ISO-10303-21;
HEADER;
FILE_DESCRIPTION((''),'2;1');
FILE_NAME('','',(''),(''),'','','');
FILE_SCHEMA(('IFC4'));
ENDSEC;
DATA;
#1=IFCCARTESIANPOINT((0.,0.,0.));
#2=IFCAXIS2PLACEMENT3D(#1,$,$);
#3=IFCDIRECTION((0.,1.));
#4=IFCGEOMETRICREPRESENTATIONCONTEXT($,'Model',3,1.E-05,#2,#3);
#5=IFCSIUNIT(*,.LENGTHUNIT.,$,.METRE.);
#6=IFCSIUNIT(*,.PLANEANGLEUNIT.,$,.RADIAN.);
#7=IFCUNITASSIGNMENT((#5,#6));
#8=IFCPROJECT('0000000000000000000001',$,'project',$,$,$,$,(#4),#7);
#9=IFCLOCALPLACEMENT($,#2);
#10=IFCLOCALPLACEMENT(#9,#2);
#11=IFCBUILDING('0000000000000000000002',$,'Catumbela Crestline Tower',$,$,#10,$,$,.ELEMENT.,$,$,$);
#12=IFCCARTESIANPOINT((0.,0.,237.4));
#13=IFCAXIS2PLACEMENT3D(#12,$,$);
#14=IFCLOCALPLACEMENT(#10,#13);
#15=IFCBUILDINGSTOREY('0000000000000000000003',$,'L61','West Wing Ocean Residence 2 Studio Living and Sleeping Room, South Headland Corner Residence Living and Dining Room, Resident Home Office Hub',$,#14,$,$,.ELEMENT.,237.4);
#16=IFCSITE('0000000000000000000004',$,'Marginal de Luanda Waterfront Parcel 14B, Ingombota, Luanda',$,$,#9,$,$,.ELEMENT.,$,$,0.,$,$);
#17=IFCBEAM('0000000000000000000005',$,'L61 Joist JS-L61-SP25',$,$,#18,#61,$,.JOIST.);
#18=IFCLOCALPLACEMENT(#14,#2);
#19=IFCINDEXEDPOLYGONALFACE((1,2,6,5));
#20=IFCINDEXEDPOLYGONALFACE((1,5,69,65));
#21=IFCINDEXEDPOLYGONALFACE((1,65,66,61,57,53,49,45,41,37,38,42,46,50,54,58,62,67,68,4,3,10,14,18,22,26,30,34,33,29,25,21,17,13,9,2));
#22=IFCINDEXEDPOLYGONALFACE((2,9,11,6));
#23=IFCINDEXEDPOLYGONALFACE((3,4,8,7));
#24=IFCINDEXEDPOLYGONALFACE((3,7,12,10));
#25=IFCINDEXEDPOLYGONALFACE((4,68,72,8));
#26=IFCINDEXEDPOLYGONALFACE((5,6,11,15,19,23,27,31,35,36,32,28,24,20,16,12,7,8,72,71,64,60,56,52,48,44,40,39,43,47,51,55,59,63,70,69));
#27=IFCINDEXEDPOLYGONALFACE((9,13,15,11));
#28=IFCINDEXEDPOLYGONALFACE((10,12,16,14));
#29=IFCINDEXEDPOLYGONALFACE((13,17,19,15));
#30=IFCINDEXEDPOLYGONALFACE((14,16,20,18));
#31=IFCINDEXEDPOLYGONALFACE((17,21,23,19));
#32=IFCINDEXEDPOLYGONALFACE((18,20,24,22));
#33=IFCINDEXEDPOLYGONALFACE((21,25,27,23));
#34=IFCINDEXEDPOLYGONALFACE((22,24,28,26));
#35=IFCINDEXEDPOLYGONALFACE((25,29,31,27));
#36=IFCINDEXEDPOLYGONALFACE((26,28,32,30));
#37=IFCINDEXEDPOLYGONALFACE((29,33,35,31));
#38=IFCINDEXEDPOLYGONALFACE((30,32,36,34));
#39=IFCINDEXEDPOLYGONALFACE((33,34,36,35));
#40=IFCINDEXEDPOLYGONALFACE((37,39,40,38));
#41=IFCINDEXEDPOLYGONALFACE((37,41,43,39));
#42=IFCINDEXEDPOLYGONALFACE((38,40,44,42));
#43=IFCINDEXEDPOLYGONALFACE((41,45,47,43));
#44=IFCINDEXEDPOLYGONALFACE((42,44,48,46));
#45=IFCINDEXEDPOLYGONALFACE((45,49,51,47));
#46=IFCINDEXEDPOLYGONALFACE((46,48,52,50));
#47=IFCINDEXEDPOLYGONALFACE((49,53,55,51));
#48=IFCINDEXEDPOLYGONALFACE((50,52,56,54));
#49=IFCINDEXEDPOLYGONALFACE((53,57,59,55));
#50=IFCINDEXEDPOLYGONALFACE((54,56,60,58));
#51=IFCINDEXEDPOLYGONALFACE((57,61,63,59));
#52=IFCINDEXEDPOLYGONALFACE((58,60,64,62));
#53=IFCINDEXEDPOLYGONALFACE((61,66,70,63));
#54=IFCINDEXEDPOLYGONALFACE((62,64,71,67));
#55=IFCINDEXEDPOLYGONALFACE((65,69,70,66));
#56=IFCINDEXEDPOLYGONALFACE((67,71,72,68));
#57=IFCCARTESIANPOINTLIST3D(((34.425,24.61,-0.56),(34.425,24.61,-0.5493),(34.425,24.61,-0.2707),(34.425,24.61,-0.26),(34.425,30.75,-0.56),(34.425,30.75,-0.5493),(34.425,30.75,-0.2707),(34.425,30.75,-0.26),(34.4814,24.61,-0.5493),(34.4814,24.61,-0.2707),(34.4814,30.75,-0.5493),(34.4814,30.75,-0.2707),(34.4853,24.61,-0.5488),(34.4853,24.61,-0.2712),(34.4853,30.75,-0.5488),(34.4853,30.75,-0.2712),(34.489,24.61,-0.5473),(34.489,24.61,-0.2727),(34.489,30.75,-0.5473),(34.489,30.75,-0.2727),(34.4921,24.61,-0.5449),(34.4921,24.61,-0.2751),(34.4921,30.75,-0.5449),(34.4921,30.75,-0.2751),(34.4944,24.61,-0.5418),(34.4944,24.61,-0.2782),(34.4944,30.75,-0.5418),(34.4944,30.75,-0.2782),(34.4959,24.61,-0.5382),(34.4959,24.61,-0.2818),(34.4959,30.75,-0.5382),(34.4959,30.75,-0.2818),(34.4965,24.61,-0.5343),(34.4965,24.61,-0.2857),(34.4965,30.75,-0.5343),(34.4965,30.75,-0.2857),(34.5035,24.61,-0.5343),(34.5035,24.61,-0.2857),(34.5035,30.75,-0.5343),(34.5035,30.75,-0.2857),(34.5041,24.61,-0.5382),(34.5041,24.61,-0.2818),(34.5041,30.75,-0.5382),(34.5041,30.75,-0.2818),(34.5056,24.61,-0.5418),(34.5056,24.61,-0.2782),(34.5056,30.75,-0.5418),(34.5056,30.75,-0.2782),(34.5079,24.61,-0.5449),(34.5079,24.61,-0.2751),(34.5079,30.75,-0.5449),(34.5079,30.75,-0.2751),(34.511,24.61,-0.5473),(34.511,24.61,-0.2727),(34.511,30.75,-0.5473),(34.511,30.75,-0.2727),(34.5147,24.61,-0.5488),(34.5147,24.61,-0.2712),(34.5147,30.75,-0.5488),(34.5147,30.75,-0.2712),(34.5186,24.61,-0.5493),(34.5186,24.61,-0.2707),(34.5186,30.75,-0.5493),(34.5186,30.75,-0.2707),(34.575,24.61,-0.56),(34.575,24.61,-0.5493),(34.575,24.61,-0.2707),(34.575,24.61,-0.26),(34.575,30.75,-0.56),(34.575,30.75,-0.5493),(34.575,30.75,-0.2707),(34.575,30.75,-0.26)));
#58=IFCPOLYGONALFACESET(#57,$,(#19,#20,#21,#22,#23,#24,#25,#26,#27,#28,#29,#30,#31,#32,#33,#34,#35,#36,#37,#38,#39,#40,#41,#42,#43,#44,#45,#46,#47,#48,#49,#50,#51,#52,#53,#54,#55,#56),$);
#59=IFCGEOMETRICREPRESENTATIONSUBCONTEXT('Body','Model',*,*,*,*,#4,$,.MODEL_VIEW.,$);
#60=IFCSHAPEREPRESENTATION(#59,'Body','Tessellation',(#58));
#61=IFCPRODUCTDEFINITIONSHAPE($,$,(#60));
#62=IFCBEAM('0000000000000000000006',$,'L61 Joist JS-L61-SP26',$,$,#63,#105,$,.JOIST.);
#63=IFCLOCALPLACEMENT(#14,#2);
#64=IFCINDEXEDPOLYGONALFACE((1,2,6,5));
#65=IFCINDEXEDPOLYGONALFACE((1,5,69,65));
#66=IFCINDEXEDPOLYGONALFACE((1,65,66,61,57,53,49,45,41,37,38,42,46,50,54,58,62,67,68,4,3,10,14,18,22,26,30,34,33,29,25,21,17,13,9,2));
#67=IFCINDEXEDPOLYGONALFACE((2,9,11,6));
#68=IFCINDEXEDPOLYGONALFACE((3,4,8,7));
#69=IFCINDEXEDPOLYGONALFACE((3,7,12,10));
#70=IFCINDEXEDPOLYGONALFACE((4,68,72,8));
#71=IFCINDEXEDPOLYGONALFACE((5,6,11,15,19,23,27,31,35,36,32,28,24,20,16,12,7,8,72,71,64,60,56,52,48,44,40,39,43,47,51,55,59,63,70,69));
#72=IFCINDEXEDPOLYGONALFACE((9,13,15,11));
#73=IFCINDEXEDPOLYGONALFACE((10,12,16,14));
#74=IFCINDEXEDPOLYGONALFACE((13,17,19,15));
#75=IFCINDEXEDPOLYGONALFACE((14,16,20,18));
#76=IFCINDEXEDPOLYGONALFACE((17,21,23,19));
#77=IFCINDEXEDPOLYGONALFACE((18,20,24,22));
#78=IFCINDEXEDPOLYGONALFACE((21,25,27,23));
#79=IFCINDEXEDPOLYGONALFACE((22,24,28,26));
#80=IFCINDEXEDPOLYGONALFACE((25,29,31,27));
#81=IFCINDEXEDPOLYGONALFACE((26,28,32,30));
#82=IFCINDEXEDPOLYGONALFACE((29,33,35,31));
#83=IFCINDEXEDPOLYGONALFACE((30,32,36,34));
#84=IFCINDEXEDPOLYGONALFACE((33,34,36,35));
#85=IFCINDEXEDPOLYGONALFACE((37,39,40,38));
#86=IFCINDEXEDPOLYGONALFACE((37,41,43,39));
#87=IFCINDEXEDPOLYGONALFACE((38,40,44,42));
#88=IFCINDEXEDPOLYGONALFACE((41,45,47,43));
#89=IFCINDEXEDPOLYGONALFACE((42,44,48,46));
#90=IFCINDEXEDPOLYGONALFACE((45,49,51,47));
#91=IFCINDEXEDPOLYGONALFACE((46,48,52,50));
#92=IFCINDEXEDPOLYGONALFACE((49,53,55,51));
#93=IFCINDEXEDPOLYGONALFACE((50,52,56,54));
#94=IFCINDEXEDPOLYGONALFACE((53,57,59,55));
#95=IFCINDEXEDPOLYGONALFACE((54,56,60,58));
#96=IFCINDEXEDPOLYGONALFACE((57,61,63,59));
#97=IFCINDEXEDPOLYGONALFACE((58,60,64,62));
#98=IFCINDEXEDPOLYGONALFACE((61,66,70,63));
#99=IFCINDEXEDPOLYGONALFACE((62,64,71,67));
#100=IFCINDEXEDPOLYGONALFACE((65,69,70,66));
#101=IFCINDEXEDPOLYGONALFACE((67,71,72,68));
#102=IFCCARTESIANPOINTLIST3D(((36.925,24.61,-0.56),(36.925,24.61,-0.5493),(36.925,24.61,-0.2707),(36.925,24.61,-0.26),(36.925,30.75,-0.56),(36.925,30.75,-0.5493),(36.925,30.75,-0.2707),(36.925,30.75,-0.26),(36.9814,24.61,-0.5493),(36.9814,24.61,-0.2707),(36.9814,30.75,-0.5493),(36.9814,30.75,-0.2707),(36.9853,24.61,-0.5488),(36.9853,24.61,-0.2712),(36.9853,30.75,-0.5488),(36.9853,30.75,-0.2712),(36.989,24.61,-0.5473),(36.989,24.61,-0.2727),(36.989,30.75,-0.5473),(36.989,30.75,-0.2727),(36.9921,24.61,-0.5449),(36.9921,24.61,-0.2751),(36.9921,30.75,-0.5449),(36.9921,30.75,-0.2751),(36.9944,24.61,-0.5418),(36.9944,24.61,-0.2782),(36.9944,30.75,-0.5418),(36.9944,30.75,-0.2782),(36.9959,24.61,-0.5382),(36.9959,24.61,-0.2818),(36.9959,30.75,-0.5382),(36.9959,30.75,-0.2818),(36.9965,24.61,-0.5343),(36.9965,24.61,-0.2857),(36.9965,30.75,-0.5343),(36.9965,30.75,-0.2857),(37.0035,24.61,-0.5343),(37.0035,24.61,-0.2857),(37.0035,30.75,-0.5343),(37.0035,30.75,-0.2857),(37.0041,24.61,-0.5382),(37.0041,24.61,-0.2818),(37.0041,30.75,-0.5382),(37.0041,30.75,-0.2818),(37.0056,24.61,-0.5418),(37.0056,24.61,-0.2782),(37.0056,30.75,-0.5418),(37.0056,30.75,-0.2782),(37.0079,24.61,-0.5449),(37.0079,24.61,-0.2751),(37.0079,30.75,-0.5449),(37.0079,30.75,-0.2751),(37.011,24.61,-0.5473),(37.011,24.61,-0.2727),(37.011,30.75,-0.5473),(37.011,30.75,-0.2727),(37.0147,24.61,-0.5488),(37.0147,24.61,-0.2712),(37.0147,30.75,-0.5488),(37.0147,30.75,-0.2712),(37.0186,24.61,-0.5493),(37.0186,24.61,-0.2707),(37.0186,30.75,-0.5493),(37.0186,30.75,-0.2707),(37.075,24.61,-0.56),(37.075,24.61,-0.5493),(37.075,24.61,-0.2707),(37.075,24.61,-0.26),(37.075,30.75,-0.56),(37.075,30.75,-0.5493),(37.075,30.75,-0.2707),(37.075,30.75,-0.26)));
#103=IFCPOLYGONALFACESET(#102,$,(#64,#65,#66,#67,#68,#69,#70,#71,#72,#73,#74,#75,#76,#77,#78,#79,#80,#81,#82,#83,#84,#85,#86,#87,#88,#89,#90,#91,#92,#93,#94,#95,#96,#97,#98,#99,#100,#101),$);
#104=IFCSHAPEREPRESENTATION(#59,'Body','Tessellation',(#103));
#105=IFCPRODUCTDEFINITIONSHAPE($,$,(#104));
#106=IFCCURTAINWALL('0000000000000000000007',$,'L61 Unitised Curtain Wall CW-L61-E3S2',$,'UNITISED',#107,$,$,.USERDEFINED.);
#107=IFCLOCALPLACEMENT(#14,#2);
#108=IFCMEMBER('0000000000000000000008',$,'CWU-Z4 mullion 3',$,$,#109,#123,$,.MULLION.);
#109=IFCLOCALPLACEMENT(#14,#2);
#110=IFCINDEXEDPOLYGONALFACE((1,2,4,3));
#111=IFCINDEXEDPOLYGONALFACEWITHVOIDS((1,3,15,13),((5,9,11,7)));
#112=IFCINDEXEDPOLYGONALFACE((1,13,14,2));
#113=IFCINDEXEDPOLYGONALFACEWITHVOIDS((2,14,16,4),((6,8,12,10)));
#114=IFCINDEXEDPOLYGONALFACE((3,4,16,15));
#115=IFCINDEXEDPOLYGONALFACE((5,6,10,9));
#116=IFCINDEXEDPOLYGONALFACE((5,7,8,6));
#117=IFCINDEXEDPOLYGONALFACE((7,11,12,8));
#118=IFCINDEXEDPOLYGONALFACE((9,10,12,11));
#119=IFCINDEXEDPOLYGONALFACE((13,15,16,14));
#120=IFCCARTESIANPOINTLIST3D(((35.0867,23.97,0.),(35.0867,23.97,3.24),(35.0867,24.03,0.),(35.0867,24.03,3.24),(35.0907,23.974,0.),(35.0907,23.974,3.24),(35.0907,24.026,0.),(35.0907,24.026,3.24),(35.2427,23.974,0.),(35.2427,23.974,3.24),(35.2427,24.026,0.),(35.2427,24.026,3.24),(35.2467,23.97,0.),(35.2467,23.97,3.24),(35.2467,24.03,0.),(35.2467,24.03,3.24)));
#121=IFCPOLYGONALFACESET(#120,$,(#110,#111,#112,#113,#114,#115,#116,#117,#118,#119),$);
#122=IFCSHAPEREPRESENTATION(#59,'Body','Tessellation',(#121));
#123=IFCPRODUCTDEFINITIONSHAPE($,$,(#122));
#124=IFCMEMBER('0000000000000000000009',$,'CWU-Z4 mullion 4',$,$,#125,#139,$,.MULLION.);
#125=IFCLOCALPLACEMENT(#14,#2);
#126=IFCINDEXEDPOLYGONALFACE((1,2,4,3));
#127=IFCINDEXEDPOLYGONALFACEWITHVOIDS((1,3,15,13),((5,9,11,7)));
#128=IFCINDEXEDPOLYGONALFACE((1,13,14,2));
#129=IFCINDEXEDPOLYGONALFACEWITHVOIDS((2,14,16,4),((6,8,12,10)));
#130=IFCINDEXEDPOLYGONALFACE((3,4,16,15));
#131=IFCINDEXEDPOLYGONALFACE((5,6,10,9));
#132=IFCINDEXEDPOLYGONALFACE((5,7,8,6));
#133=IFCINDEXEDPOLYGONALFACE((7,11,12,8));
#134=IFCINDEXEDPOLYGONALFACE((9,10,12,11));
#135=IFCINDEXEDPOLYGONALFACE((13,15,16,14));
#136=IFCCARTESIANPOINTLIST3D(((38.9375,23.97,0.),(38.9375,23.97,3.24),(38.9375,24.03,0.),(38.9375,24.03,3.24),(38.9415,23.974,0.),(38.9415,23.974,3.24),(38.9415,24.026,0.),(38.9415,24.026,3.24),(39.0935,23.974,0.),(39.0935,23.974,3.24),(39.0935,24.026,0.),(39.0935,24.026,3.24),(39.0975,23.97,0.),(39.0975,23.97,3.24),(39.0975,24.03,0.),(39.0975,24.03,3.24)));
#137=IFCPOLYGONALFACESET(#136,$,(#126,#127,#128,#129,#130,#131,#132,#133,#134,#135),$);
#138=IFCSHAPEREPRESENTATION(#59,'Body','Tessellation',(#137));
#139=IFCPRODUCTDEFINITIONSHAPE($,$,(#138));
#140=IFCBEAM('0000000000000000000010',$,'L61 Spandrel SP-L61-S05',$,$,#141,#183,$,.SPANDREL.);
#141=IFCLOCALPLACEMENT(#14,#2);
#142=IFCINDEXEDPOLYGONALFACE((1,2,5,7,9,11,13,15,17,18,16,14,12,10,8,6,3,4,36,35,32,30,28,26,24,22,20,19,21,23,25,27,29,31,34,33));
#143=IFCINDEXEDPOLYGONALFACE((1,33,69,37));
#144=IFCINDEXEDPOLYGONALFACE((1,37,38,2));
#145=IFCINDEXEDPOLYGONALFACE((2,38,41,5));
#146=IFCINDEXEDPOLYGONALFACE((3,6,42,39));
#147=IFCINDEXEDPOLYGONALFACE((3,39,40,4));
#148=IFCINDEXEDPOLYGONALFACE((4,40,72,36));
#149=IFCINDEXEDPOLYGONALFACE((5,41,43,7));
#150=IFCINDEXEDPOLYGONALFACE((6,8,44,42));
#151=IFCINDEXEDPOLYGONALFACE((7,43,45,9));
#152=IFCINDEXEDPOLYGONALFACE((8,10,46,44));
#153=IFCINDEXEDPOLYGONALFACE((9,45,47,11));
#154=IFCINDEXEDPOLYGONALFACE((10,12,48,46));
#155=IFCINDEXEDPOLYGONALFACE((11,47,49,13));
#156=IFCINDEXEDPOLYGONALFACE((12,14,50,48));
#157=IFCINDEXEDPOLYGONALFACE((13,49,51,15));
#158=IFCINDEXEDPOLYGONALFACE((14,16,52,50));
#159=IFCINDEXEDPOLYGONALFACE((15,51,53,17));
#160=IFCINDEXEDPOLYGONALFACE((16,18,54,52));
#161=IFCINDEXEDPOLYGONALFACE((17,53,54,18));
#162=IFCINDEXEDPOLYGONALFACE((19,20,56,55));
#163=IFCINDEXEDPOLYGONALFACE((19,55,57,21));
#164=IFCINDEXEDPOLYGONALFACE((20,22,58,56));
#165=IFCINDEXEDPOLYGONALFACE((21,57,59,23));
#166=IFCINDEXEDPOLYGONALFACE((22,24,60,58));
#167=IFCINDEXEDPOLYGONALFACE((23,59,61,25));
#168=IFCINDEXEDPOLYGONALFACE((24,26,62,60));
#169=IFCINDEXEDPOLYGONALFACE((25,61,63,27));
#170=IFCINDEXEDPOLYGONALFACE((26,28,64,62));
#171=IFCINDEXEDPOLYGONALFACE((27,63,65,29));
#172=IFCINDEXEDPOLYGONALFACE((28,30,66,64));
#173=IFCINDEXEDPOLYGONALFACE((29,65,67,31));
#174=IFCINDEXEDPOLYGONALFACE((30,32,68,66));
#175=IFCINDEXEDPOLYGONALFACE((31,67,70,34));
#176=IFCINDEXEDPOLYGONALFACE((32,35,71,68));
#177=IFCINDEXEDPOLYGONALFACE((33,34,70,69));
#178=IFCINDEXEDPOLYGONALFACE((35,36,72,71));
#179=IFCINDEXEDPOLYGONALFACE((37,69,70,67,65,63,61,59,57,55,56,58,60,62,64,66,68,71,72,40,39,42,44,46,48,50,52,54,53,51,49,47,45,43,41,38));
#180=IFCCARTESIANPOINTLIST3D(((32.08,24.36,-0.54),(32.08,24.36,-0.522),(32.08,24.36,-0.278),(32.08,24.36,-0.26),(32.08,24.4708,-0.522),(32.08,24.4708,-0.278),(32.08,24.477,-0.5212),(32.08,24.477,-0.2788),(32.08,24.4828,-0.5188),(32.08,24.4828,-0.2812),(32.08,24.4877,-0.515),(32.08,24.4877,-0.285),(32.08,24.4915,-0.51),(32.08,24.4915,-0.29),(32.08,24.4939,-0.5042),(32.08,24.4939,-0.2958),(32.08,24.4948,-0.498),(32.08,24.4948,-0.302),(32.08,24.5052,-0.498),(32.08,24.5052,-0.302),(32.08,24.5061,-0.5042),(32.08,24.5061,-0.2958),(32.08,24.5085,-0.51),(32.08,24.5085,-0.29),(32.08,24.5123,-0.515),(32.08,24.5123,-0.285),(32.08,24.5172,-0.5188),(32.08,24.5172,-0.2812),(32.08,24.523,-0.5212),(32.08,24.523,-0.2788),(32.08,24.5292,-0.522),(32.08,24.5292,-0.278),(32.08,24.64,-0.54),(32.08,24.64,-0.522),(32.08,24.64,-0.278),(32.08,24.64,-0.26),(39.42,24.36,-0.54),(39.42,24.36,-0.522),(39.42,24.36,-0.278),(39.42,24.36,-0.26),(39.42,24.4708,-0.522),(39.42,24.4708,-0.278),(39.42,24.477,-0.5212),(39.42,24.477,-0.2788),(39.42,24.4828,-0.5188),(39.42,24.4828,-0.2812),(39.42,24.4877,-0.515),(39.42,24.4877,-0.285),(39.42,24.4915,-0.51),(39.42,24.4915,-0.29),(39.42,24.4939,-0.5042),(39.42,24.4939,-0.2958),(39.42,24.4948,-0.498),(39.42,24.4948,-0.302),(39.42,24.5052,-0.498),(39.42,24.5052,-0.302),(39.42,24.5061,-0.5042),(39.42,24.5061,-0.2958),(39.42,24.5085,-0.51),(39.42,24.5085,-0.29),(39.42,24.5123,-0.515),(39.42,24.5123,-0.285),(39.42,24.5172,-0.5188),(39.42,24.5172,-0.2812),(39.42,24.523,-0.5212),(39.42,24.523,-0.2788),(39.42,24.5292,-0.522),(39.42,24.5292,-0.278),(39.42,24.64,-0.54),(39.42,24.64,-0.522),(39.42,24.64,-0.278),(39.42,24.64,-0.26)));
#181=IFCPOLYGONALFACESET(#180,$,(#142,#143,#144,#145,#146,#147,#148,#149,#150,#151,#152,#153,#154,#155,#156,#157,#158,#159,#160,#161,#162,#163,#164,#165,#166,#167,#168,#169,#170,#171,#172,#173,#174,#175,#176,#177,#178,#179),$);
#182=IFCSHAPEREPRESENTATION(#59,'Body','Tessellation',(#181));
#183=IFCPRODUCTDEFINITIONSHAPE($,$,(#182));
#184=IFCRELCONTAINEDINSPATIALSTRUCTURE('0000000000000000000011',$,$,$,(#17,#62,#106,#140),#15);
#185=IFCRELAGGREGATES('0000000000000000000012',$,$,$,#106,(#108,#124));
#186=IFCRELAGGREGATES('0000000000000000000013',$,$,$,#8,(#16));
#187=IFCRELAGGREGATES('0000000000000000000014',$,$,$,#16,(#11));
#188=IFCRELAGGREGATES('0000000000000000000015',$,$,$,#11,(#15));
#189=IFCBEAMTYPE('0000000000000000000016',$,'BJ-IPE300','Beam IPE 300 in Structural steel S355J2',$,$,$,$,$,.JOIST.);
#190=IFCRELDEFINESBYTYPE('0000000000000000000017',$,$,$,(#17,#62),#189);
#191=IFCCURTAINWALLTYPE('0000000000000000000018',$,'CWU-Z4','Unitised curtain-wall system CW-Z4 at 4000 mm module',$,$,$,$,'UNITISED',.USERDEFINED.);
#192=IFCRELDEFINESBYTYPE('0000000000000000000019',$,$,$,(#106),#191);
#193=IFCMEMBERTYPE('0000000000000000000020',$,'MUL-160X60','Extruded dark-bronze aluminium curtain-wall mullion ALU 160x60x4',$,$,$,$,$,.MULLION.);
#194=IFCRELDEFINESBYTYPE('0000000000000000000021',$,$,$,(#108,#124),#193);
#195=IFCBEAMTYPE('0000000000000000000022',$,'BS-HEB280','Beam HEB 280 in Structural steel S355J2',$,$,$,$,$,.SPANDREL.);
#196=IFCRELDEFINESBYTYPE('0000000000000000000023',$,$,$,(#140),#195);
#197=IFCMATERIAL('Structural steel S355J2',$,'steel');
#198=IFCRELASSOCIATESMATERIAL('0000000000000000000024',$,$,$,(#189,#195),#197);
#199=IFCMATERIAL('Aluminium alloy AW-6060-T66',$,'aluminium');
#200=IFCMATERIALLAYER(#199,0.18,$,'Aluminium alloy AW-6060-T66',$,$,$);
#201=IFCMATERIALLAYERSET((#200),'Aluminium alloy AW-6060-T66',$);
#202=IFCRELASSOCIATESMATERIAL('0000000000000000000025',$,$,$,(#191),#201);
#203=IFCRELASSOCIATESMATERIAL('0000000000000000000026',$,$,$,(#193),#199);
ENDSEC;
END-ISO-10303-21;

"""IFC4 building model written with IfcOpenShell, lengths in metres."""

from ifc_helpers import new_model, si_unit, direction, frame, origin, origin_2d, place, context, subcontext, project, spatial, hollow_rectangle, i_section, extrude, material, layer, layer_set, material_profile, profile_set, type_object, element, aggregate, save


model = new_model("IFC4")

# Units and contexts
model_context = context("Model", 3, precision=1e-05, world=origin(), true_north=direction((0.0, 1.0)))
body_context = subcontext(model_context, "Body", "Model", "MODEL_VIEW")
ifc_project = project(units=[si_unit("LENGTHUNIT", "METRE"), si_unit("PLANEANGLEUNIT", "RADIAN")], contexts=[model_context])

# Site, building, storey
site_placement = place(None, origin())
site = spatial("IfcSite", under=ifc_project, at=site_placement, Name="Marginal de Luanda Waterfront Parcel 14B, Ingombota, Luanda", CompositionType="ELEMENT", RefElevation=0.0)
building_placement = place(site_placement, origin())
building = spatial("IfcBuilding", under=site, at=building_placement, Name="Catumbela Crestline Tower", CompositionType="ELEMENT")
storey_placement = place(building_placement, frame((0.0, 0.0, 237.4)))
storey = spatial("IfcBuildingStorey", under=building, at=storey_placement, Name="L61", Description="West Wing Ocean Residence 2 Studio Living and Sleeping Room, South Headland Corner Residence Living and Dining Room, Resident Home Office Hub", CompositionType="ELEMENT", Elevation=237.4)

# Shared definitions
ifc_material_1 = material(Name="Structural steel S355J2", Category="steel")

# Beams
ifc_material_profile_1 = material_profile(ifc_material_1, i_section(OverallWidth=0.15, OverallDepth=0.3, WebThickness=0.0071, FlangeThickness=0.0107, FilletRadius=0.015, at=origin_2d()), Name="IPE 300")
ifc_profile_set_1 = profile_set([ifc_material_profile_1], Name="Structural steel S355J2")
beam_type_1 = type_object("IfcBeamType", Name="BJ-IPE300", Description="Beam IPE 300 in Structural steel S355J2", PredefinedType="JOIST", material=ifc_profile_set_1)
for number, where, z_axis, x_axis, name in (
    (1, (34.5, 24.61, -0.41), (0.0, 1.0, 0.0), (-1.0, 0.0, 0.0), "L61 Joist JS-L61-SP25"),
    (2, (37.0, 24.61, -0.41), (0.0, 1.0, 0.0), (-1.0, 0.0, 0.0), "L61 Joist JS-L61-SP26"),
):
    element("IfcBeam", number, at=place(storey_placement, frame(where, z_axis=z_axis, x_axis=x_axis)), inside=storey, type_object=beam_type_1, Name=name, PredefinedType="JOIST", context=body_context, shape_type="SweptSolid", body=[
        extrude(i_section(OverallWidth=0.15, OverallDepth=0.3, WebThickness=0.0071, FlangeThickness=0.0107, FilletRadius=0.015, at=origin_2d()), origin(), (0.0, 0.0, 1.0), 6.14),
    ])

# Curtain wall, members
ifc_material_2 = material(Name="Aluminium alloy AW-6060-T66", Category="aluminium")
ifc_layer_1 = layer(ifc_material_2, 0.18, Name="Aluminium alloy AW-6060-T66")
ifc_layer_set_1 = layer_set([ifc_layer_1], Name="Aluminium alloy AW-6060-T66")
curtain_wall_type = type_object("IfcCurtainWallType", Name="CWU-Z4", Description="Unitised curtain-wall system CW-Z4 at 4000 mm module", ElementType="UNITISED", PredefinedType="USERDEFINED", material=ifc_layer_set_1)
curtain_wall_placement = place(storey_placement, origin())
curtain_wall = element("IfcCurtainWall", 3, at=curtain_wall_placement, inside=storey, type_object=curtain_wall_type, Name="L61 Unitised Curtain Wall CW-L61-E3S2", ObjectType="UNITISED", PredefinedType="USERDEFINED")
ifc_material_profile_2 = material_profile(ifc_material_2, hollow_rectangle(XDim=0.06, YDim=0.16, WallThickness=0.004, at=origin_2d()), Name="ALU 160x60x4")
ifc_profile_set_2 = profile_set([ifc_material_profile_2], Name="Aluminium alloy AW-6060-T66")
member_type_1 = type_object("IfcMemberType", Name="MUL-160X60", Description="Extruded dark-bronze aluminium curtain-wall mullion ALU 160x60x4", PredefinedType="MULLION", material=ifc_profile_set_2)
member_1_placement = place(storey_placement, frame((35.1667, 24.0, 0.0), z_axis=(0.0, 0.0, 1.0), x_axis=(0.0, 1.0, 0.0)))
member_1 = element("IfcMember", 4, at=member_1_placement, type_object=member_type_1, Name="CWU-Z4 mullion 3", PredefinedType="MULLION", context=body_context, shape_type="SweptSolid", body=[
    extrude(hollow_rectangle(XDim=0.06, YDim=0.16, WallThickness=0.004, at=origin_2d()), origin(), (0.0, 0.0, 1.0), 3.24),
])
member_2_placement = place(storey_placement, frame((39.0175, 24.0, 0.0), z_axis=(0.0, 0.0, 1.0), x_axis=(0.0, 1.0, 0.0)))
member_2 = element("IfcMember", 5, at=member_2_placement, type_object=member_type_1, Name="CWU-Z4 mullion 4", PredefinedType="MULLION", context=body_context, shape_type="SweptSolid", body=[
    extrude(hollow_rectangle(XDim=0.06, YDim=0.16, WallThickness=0.004, at=origin_2d()), origin(), (0.0, 0.0, 1.0), 3.24),
])

# Beam
ifc_material_profile_3 = material_profile(ifc_material_1, i_section(OverallWidth=0.28, OverallDepth=0.28, WebThickness=0.0105, FlangeThickness=0.018, FilletRadius=0.024, at=origin_2d()), Name="HEB 280")
ifc_profile_set_3 = profile_set([ifc_material_profile_3], Name="Structural steel S355J2")
beam_type_2 = type_object("IfcBeamType", Name="BS-HEB280", Description="Beam HEB 280 in Structural steel S355J2", PredefinedType="SPANDREL", material=ifc_profile_set_3)
beam_placement = place(storey_placement, frame((32.08, 24.5, -0.4), z_axis=(1.0, 0.0, 0.0), x_axis=(0.0, 1.0, 0.0)))
element("IfcBeam", 6, at=beam_placement, inside=storey, type_object=beam_type_2, Name="L61 Spandrel SP-L61-S05", PredefinedType="SPANDREL", context=body_context, shape_type="SweptSolid", body=[
    extrude(i_section(OverallWidth=0.28, OverallDepth=0.28, WebThickness=0.0105, FlangeThickness=0.018, FilletRadius=0.024, at=origin_2d()), origin(), (0.0, 0.0, 1.0), 7.34),
])

aggregate(curtain_wall, [member_1, member_2])

save(model, "model.ifc")
